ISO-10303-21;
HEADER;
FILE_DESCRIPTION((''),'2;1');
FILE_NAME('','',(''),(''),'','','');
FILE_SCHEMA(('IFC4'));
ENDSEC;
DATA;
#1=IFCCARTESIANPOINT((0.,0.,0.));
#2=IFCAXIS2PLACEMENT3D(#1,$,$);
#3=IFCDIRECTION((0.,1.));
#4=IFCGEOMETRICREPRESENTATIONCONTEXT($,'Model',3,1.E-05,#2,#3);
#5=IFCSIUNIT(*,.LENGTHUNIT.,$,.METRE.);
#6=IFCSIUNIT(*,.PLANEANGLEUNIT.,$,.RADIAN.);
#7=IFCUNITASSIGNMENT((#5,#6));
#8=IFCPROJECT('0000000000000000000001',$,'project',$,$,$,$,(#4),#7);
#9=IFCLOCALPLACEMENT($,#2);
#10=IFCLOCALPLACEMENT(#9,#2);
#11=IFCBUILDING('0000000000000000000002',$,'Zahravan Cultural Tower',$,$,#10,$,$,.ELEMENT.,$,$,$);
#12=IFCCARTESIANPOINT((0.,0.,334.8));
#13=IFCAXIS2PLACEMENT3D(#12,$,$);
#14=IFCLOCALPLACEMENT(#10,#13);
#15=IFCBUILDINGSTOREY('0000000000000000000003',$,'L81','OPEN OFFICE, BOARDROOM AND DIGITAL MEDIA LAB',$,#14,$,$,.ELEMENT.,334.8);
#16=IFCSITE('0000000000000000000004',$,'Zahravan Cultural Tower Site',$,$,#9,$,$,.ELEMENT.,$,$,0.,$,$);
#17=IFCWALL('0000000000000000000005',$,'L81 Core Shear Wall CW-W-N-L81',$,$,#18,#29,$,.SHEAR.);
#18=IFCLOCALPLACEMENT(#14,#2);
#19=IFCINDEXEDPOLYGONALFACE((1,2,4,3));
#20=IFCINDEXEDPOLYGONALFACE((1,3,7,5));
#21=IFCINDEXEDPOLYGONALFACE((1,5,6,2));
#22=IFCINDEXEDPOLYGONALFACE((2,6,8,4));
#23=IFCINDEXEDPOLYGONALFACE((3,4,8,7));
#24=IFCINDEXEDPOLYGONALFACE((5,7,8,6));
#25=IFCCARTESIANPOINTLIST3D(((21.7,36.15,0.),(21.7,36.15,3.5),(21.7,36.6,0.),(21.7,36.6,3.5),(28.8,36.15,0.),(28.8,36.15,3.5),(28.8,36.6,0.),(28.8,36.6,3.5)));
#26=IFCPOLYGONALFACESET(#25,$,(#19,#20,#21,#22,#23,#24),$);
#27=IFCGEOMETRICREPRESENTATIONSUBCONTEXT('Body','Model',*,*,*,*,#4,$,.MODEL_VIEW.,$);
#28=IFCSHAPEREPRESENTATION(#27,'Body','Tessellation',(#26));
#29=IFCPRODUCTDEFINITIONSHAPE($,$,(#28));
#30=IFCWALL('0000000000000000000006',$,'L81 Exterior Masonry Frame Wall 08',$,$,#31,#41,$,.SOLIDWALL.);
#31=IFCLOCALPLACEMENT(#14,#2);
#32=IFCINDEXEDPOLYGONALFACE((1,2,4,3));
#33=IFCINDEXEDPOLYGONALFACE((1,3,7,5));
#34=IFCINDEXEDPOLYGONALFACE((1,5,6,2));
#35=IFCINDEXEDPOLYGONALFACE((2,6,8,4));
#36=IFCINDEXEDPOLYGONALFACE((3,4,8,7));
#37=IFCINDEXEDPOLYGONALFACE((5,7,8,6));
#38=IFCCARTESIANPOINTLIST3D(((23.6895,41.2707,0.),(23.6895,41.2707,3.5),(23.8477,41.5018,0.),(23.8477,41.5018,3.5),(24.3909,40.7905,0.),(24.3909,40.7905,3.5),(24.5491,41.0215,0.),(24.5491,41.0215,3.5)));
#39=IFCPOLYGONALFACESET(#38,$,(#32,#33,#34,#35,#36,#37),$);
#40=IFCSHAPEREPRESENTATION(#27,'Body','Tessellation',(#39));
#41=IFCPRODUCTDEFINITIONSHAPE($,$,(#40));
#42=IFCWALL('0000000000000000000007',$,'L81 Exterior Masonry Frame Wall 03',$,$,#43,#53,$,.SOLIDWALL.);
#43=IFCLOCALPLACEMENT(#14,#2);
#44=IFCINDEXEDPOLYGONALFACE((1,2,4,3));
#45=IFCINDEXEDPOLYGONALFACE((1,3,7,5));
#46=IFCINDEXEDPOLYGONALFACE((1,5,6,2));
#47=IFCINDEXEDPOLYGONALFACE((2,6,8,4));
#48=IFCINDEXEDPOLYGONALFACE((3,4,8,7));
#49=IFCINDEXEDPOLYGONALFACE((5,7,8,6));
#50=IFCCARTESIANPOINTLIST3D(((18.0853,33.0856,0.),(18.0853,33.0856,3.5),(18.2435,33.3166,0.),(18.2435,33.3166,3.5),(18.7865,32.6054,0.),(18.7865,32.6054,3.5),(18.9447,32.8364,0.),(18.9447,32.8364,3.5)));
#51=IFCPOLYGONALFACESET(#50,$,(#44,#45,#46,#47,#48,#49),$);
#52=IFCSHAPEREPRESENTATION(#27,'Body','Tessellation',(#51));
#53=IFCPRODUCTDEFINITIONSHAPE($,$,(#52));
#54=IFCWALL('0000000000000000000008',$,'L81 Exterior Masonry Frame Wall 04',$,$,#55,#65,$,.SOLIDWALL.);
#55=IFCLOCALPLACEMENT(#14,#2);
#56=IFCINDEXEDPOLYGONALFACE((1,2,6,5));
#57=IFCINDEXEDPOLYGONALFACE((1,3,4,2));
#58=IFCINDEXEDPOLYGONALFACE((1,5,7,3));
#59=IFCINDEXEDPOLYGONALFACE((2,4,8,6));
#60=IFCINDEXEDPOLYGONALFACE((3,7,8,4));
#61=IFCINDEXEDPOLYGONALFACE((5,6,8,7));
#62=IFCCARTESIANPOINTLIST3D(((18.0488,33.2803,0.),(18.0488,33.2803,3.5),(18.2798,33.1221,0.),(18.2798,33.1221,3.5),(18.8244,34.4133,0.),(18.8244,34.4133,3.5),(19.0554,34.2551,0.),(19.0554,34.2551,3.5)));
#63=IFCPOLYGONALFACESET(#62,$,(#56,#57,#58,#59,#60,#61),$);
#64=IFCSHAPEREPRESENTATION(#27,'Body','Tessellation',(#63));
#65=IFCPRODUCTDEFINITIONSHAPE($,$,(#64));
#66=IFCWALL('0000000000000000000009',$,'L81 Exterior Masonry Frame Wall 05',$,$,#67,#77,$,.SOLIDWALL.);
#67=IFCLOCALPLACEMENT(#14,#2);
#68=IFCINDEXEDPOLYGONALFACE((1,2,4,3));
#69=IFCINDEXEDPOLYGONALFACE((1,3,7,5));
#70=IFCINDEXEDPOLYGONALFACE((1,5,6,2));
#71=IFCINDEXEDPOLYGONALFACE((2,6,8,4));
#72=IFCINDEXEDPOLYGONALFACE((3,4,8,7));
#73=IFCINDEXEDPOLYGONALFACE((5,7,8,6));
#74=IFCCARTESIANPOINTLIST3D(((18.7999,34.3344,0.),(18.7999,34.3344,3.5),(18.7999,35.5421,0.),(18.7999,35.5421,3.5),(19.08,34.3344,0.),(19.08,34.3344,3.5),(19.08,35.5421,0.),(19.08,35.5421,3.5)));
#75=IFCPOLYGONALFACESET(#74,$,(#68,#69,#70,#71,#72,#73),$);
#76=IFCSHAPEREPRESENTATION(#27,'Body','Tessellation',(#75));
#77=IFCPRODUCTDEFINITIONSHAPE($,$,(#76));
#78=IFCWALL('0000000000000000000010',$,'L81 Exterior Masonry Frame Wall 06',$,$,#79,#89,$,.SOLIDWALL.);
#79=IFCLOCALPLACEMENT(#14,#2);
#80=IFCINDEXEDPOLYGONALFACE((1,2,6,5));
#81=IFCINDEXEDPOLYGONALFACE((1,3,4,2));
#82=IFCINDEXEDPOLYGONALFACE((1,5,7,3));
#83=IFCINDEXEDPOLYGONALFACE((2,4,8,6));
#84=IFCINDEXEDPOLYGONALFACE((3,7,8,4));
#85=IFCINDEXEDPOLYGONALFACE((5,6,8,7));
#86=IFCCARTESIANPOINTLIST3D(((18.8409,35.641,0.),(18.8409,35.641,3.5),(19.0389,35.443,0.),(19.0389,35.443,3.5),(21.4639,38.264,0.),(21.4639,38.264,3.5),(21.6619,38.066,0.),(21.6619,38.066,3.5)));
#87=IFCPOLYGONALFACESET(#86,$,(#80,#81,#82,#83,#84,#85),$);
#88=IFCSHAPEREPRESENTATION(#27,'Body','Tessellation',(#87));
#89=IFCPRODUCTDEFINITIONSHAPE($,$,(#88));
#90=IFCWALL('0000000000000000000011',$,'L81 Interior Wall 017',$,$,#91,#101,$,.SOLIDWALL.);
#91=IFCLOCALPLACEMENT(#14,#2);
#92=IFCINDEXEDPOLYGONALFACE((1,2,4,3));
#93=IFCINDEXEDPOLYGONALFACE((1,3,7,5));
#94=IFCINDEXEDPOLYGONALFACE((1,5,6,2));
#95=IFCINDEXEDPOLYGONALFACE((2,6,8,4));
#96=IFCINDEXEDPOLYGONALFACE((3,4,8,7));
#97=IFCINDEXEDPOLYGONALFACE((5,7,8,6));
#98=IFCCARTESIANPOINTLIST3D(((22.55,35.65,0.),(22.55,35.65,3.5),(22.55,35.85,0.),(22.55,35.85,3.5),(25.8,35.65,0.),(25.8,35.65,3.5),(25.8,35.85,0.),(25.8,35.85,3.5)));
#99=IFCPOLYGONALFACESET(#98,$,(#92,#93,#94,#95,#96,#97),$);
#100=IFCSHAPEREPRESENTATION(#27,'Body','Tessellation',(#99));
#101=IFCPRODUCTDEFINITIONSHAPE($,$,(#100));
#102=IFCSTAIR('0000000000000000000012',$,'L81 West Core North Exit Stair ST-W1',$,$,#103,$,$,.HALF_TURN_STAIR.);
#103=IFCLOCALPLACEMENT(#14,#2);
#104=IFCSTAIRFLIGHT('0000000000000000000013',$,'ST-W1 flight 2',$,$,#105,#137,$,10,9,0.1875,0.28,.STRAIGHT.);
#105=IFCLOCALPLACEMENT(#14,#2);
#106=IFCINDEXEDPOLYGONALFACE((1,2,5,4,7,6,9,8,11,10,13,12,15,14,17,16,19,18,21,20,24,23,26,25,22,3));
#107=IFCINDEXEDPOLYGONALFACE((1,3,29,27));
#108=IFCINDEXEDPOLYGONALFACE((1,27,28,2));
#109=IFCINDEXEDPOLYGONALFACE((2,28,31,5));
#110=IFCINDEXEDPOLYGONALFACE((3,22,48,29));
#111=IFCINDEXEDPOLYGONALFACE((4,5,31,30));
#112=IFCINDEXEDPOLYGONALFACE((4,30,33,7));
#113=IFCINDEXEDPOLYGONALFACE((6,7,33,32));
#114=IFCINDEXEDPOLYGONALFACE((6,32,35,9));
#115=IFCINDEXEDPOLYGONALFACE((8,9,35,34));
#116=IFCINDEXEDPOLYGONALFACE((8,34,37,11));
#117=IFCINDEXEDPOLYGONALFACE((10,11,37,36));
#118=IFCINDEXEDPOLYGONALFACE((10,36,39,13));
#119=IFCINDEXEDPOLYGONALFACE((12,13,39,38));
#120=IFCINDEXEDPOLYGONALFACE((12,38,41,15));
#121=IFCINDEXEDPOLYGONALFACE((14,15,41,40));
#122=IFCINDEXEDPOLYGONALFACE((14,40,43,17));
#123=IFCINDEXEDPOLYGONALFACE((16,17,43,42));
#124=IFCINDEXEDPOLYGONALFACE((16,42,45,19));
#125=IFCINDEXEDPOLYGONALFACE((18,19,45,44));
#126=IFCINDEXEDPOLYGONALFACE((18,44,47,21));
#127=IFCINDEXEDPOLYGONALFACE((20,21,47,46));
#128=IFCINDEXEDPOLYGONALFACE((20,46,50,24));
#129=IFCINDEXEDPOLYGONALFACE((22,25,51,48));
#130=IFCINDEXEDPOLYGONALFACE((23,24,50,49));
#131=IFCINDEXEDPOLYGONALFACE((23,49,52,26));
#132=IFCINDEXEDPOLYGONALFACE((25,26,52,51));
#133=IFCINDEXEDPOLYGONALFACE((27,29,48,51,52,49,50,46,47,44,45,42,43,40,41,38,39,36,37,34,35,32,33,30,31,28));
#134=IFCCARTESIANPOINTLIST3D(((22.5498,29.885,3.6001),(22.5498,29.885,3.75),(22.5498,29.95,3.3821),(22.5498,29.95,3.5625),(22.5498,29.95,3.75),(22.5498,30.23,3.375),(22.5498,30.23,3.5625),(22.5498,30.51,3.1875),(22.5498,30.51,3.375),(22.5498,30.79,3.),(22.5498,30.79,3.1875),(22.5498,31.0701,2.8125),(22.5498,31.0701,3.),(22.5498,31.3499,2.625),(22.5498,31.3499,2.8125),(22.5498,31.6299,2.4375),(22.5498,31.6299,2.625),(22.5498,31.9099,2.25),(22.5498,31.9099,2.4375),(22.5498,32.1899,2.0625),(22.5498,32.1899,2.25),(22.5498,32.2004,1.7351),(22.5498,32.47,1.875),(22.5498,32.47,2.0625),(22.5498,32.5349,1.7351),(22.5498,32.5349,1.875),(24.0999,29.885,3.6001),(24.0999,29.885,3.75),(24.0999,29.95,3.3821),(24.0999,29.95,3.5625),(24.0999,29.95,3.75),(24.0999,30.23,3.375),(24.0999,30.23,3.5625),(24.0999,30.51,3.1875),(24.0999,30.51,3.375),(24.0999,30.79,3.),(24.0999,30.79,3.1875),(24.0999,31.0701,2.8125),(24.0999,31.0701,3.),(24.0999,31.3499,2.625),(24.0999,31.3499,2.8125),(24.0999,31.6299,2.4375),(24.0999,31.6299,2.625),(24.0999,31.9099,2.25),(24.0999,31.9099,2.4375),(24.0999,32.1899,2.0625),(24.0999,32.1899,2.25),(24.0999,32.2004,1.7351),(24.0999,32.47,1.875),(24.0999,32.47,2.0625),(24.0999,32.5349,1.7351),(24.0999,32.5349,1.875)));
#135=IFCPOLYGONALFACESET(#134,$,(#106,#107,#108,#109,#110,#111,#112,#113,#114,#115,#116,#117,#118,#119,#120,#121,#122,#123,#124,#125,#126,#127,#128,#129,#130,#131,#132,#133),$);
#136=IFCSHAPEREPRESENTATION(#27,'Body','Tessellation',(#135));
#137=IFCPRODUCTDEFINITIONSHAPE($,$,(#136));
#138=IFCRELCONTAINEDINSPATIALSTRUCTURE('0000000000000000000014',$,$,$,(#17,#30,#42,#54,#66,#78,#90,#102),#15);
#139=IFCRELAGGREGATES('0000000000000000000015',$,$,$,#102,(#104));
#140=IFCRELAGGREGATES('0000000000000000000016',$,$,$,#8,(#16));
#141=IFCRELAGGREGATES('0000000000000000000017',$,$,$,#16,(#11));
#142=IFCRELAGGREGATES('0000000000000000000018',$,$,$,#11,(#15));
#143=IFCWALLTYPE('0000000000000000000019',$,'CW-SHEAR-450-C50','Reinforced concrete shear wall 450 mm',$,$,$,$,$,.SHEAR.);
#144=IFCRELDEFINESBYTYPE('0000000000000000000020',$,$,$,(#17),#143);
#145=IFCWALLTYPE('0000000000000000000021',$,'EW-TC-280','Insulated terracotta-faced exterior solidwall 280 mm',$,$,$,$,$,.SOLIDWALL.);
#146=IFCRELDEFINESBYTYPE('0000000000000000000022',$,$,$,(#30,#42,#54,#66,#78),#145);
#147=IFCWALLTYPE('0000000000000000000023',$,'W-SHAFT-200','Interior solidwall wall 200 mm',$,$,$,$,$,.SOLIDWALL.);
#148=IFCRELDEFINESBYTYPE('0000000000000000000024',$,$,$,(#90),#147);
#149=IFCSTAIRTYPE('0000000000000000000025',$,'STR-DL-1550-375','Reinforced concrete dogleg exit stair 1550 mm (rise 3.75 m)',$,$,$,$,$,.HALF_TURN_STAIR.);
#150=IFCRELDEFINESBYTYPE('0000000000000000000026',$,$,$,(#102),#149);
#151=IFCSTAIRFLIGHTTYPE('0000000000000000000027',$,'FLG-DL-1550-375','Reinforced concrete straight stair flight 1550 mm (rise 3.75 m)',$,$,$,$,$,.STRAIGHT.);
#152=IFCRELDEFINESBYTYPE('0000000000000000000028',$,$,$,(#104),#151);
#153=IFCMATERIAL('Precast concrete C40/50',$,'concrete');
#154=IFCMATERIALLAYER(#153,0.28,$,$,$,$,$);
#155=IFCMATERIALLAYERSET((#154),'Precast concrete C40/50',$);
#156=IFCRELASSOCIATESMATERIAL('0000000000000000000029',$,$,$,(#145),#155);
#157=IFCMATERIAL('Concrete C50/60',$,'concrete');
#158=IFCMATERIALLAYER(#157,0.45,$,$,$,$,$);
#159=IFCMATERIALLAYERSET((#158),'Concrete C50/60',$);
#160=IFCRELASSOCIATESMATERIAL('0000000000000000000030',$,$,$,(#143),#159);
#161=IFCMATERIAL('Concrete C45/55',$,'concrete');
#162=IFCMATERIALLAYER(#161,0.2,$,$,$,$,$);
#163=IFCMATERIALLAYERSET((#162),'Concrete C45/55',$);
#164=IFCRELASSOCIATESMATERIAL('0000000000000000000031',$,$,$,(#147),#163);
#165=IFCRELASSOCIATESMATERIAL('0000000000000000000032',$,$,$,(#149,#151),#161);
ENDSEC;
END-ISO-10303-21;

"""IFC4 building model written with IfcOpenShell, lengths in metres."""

from ifc_helpers import new_model, si_unit, direction, frame, frame_2d, origin, place, context, subcontext, project, spatial, polyline, rectangle, outline, extrude, source, transform, mapped, material, layer, layer_set, type_object, element, aggregate, save


model = new_model("IFC4")

# Units and contexts
model_context = context("Model", 3, precision=1e-05, world=origin(), true_north=direction((0.0, 1.0)))
body_context = subcontext(model_context, "Body", "Model", "MODEL_VIEW")
ifc_project = project(units=[si_unit("LENGTHUNIT", "METRE"), si_unit("PLANEANGLEUNIT", "RADIAN")], contexts=[model_context])

# Site, building, storey
site_placement = place(None, origin())
site = spatial("IfcSite", under=ifc_project, at=site_placement, Name="Zahravan Cultural Tower Site", CompositionType="ELEMENT", RefElevation=0.0)
building_placement = place(site_placement, origin())
building = spatial("IfcBuilding", under=site, at=building_placement, Name="Zahravan Cultural Tower", CompositionType="ELEMENT")
storey_placement = place(building_placement, frame((0.0, 0.0, 334.8)))
storey = spatial("IfcBuildingStorey", under=building, at=storey_placement, Name="L81", Description="OPEN OFFICE, BOARDROOM AND DIGITAL MEDIA LAB", CompositionType="ELEMENT", Elevation=334.8)

# Shared definitions
ifc_material_1 = material(Name="Concrete C50/60", Category="concrete")

# Shared definitions
ifc_material_2 = material(Name="Precast concrete C40/50", Category="concrete")
ifc_layer_1 = layer(ifc_material_2, 0.28)
ifc_layer_set_1 = layer_set([ifc_layer_1], Name="Precast concrete C40/50")
wall_type_1 = type_object("IfcWallType", Name="EW-TC-280", Description="Insulated terracotta-faced exterior solidwall 280 mm", PredefinedType="SOLIDWALL", material=ifc_layer_set_1)

# Walls
ifc_layer_2 = layer(ifc_material_1, 0.45)
ifc_layer_set_2 = layer_set([ifc_layer_2], Name="Concrete C50/60")
wall_type_2 = type_object("IfcWallType", Name="CW-SHEAR-450-C50", Description="Reinforced concrete shear wall 450 mm", PredefinedType="SHEAR", material=ifc_layer_set_2)
shared_shape_1 = source(origin(), body_context, "Body", "SweptSolid", [
    extrude(rectangle(XDim=7.1001, YDim=0.45, at=frame_2d((3.55, 0.0))), origin(), (0.0, 0.0, 1.0), 3.5),
])
wall_1_placement = place(storey_placement, frame((21.7, 36.375, 0.0), z_axis=(0.0, 0.0, 1.0), x_axis=(1.0, 0.0, 0.0)))
element("IfcWall", 1, at=wall_1_placement, inside=storey, type_object=wall_type_2, Name="L81 Core Shear Wall CW-W-N-L81", PredefinedType="SHEAR", context=body_context, shape_type="MappedRepresentation", body=[
    mapped(shared_shape_1, transform((0.0, 0.0, 0.0), x_axis=(1.0, 0.0, 0.0), y_axis=(0.0, 1.0, 0.0), z_axis=(0.0, 0.0, 1.0), scale=1.0)),
])
shared_shape_2 = source(origin(), body_context, "Body", "SweptSolid", [
    extrude(rectangle(XDim=0.8501, YDim=0.28, at=frame_2d((0.425, 0.0))), origin(), (0.0, 0.0, 1.0), 3.5),
])
wall_2_placement = place(storey_placement, frame((23.7686, 41.3862, 0.0), z_axis=(0.0, 0.0, 1.0), x_axis=(0.825138, -0.564931, 0.0)))
element("IfcWall", 2, at=wall_2_placement, inside=storey, type_object=wall_type_1, Name="L81 Exterior Masonry Frame Wall 08", PredefinedType="SOLIDWALL", context=body_context, shape_type="MappedRepresentation", body=[
    mapped(shared_shape_2, transform((0.0, 0.0, 0.0), x_axis=(1.0, 0.0, 0.0), y_axis=(0.0, 1.0, 0.0), z_axis=(0.0, 0.0, 1.0), scale=1.0)),
])
shared_shape_3 = source(origin(), body_context, "Body", "SweptSolid", [
    extrude(rectangle(XDim=0.8499, YDim=0.28, at=frame_2d((0.4248, 0.0))), origin(), (0.0, 0.0, 1.0), 3.5),
])
wall_3_placement = place(storey_placement, frame((18.8655, 32.7209, 0.0), z_axis=(0.0, 0.0, 1.0), x_axis=(-0.825046, 0.565065, 0.0)))
element("IfcWall", 3, at=wall_3_placement, inside=storey, type_object=wall_type_1, Name="L81 Exterior Masonry Frame Wall 03", PredefinedType="SOLIDWALL", context=body_context, shape_type="MappedRepresentation", body=[
    mapped(shared_shape_3, transform((0.0, 0.0, 0.0), x_axis=(1.0, 0.0, 0.0), y_axis=(0.0, 1.0, 0.0), z_axis=(0.0, 0.0, 1.0), scale=1.0)),
])
shared_shape_4 = source(origin(), body_context, "Body", "SweptSolid", [
    extrude(rectangle(XDim=1.373, YDim=0.28, at=frame_2d((0.6865, 0.0))), origin(), (0.0, 0.0, 1.0), 3.5),
])
wall_4_placement = place(storey_placement, frame((18.1643, 33.2012, 0.0), z_axis=(0.0, 0.0, 1.0), x_axis=(0.564875, 0.825176, 0.0)))
element("IfcWall", 4, at=wall_4_placement, inside=storey, type_object=wall_type_1, Name="L81 Exterior Masonry Frame Wall 04", PredefinedType="SOLIDWALL", context=body_context, shape_type="MappedRepresentation", body=[
    mapped(shared_shape_4, transform((0.0, 0.0, 0.0), x_axis=(1.0, 0.0, 0.0), y_axis=(0.0, 1.0, 0.0), z_axis=(0.0, 0.0, 1.0), scale=1.0)),
])
shared_shape_5 = source(origin(), body_context, "Body", "SweptSolid", [
    extrude(rectangle(XDim=1.2078, YDim=0.28, at=frame_2d((0.604, 0.0))), origin(), (0.0, 0.0, 1.0), 3.5),
])
wall_5_placement = place(storey_placement, frame((18.9399, 34.3342, 0.0), z_axis=(0.0, 0.0, 1.0), x_axis=(0.0, 1.0, 0.0)))
element("IfcWall", 5, at=wall_5_placement, inside=storey, type_object=wall_type_1, Name="L81 Exterior Masonry Frame Wall 05", PredefinedType="SOLIDWALL", context=body_context, shape_type="MappedRepresentation", body=[
    mapped(shared_shape_5, transform((0.0, 0.0, 0.0), x_axis=(1.0, 0.0, 0.0), y_axis=(0.0, 1.0, 0.0), z_axis=(0.0, 0.0, 1.0), scale=1.0)),
])
shared_shape_6 = source(origin(), body_context, "Body", "SweptSolid", [
    extrude(rectangle(XDim=3.7095, YDim=0.28, at=frame_2d((1.8547, 0.0))), origin(), (0.0, 0.0, 1.0), 3.5),
])
wall_6_placement = place(storey_placement, frame((18.9399, 35.542, 0.0), z_axis=(0.0, 0.0, 1.0), x_axis=(0.707107, 0.707107, 0.0)))
element("IfcWall", 6, at=wall_6_placement, inside=storey, type_object=wall_type_1, Name="L81 Exterior Masonry Frame Wall 06", PredefinedType="SOLIDWALL", context=body_context, shape_type="MappedRepresentation", body=[
    mapped(shared_shape_6, transform((0.0, 0.0, 0.0), x_axis=(1.0, 0.0, 0.0), y_axis=(0.0, 1.0, 0.0), z_axis=(0.0, 0.0, 1.0), scale=1.0)),
])
ifc_material_3 = material(Name="Concrete C45/55", Category="concrete")
ifc_layer_3 = layer(ifc_material_3, 0.2)
ifc_layer_set_3 = layer_set([ifc_layer_3], Name="Concrete C45/55")
wall_type_3 = type_object("IfcWallType", Name="W-SHAFT-200", Description="Interior solidwall wall 200 mm", PredefinedType="SOLIDWALL", material=ifc_layer_set_3)
shared_shape_7 = source(origin(), body_context, "Body", "SweptSolid", [
    extrude(rectangle(XDim=3.25, YDim=0.2, at=frame_2d((1.625, 0.0))), origin(), (0.0, 0.0, 1.0), 3.5),
])
wall_7_placement = place(storey_placement, frame((22.55, 35.75, 0.0), z_axis=(0.0, 0.0, 1.0), x_axis=(1.0, 0.0, 0.0)))
element("IfcWall", 7, at=wall_7_placement, inside=storey, type_object=wall_type_3, Name="L81 Interior Wall 017", PredefinedType="SOLIDWALL", context=body_context, shape_type="MappedRepresentation", body=[
    mapped(shared_shape_7, transform((0.0, 0.0, 0.0), x_axis=(1.0, 0.0, 0.0), y_axis=(0.0, 1.0, 0.0), z_axis=(0.0, 0.0, 1.0), scale=1.0)),
])

# Stair, stair flight
stair_type = type_object("IfcStairType", Name="STR-DL-1550-375", Description="Reinforced concrete dogleg exit stair 1550 mm (rise 3.75 m)", PredefinedType="HALF_TURN_STAIR", material=ifc_material_3)
stair_placement = place(storey_placement, origin())
stair = element("IfcStair", 8, at=stair_placement, inside=storey, type_object=stair_type, Name="L81 West Core North Exit Stair ST-W1", PredefinedType="HALF_TURN_STAIR")
stair_flight_type = type_object("IfcStairFlightType", Name="FLG-DL-1550-375", Description="Reinforced concrete straight stair flight 1550 mm (rise 3.75 m)", PredefinedType="STRAIGHT", material=ifc_material_3)
stair_flight_placement = place(storey_placement, frame((23.325, 32.47, 1.875), z_axis=(0.0, 0.0, 1.0), x_axis=(0.0, -1.0, 0.0)))
stair_flight = element("IfcStairFlight", 9, at=stair_flight_placement, type_object=stair_flight_type, Name="ST-W1 flight 2", NumberOfRisers=10, NumberOfTreads=9, PredefinedType="STRAIGHT", RiserHeight=0.1875, TreadLength=0.28, context=body_context, shape_type="SweptSolid", body=[
    extrude(outline(polyline([(-0.0649, -0.1399), (-0.0649, 0.0), (0.0, 0.0), (0.0, 0.1875), (0.28, 0.1875), (0.28, 0.375), (0.5601, 0.375), (0.5601, 0.5625), (0.8401, 0.5625), (0.8401, 0.75), (1.1201, 0.75), (1.1201, 0.9375), (1.3999, 0.9375), (1.3999, 1.125), (1.6799, 1.125), (1.6799, 1.3125), (1.96, 1.3125), (1.96, 1.5), (2.24, 1.5), (2.24, 1.6875), (2.52, 1.6875), (2.52, 1.875), (2.585, 1.875), (2.585, 1.7251), (2.52, 1.5071), (0.2695, -0.1399), (-0.0649, -0.1399)])), frame((0.0, 0.7749, 0.0), z_axis=(0.0, -1.0, 0.0), x_axis=(1.0, 0.0, 0.0)), (0.0, 0.0, 1.0), 1.55),
])
aggregate(stair, [stair_flight])

save(model, "model.ifc")
